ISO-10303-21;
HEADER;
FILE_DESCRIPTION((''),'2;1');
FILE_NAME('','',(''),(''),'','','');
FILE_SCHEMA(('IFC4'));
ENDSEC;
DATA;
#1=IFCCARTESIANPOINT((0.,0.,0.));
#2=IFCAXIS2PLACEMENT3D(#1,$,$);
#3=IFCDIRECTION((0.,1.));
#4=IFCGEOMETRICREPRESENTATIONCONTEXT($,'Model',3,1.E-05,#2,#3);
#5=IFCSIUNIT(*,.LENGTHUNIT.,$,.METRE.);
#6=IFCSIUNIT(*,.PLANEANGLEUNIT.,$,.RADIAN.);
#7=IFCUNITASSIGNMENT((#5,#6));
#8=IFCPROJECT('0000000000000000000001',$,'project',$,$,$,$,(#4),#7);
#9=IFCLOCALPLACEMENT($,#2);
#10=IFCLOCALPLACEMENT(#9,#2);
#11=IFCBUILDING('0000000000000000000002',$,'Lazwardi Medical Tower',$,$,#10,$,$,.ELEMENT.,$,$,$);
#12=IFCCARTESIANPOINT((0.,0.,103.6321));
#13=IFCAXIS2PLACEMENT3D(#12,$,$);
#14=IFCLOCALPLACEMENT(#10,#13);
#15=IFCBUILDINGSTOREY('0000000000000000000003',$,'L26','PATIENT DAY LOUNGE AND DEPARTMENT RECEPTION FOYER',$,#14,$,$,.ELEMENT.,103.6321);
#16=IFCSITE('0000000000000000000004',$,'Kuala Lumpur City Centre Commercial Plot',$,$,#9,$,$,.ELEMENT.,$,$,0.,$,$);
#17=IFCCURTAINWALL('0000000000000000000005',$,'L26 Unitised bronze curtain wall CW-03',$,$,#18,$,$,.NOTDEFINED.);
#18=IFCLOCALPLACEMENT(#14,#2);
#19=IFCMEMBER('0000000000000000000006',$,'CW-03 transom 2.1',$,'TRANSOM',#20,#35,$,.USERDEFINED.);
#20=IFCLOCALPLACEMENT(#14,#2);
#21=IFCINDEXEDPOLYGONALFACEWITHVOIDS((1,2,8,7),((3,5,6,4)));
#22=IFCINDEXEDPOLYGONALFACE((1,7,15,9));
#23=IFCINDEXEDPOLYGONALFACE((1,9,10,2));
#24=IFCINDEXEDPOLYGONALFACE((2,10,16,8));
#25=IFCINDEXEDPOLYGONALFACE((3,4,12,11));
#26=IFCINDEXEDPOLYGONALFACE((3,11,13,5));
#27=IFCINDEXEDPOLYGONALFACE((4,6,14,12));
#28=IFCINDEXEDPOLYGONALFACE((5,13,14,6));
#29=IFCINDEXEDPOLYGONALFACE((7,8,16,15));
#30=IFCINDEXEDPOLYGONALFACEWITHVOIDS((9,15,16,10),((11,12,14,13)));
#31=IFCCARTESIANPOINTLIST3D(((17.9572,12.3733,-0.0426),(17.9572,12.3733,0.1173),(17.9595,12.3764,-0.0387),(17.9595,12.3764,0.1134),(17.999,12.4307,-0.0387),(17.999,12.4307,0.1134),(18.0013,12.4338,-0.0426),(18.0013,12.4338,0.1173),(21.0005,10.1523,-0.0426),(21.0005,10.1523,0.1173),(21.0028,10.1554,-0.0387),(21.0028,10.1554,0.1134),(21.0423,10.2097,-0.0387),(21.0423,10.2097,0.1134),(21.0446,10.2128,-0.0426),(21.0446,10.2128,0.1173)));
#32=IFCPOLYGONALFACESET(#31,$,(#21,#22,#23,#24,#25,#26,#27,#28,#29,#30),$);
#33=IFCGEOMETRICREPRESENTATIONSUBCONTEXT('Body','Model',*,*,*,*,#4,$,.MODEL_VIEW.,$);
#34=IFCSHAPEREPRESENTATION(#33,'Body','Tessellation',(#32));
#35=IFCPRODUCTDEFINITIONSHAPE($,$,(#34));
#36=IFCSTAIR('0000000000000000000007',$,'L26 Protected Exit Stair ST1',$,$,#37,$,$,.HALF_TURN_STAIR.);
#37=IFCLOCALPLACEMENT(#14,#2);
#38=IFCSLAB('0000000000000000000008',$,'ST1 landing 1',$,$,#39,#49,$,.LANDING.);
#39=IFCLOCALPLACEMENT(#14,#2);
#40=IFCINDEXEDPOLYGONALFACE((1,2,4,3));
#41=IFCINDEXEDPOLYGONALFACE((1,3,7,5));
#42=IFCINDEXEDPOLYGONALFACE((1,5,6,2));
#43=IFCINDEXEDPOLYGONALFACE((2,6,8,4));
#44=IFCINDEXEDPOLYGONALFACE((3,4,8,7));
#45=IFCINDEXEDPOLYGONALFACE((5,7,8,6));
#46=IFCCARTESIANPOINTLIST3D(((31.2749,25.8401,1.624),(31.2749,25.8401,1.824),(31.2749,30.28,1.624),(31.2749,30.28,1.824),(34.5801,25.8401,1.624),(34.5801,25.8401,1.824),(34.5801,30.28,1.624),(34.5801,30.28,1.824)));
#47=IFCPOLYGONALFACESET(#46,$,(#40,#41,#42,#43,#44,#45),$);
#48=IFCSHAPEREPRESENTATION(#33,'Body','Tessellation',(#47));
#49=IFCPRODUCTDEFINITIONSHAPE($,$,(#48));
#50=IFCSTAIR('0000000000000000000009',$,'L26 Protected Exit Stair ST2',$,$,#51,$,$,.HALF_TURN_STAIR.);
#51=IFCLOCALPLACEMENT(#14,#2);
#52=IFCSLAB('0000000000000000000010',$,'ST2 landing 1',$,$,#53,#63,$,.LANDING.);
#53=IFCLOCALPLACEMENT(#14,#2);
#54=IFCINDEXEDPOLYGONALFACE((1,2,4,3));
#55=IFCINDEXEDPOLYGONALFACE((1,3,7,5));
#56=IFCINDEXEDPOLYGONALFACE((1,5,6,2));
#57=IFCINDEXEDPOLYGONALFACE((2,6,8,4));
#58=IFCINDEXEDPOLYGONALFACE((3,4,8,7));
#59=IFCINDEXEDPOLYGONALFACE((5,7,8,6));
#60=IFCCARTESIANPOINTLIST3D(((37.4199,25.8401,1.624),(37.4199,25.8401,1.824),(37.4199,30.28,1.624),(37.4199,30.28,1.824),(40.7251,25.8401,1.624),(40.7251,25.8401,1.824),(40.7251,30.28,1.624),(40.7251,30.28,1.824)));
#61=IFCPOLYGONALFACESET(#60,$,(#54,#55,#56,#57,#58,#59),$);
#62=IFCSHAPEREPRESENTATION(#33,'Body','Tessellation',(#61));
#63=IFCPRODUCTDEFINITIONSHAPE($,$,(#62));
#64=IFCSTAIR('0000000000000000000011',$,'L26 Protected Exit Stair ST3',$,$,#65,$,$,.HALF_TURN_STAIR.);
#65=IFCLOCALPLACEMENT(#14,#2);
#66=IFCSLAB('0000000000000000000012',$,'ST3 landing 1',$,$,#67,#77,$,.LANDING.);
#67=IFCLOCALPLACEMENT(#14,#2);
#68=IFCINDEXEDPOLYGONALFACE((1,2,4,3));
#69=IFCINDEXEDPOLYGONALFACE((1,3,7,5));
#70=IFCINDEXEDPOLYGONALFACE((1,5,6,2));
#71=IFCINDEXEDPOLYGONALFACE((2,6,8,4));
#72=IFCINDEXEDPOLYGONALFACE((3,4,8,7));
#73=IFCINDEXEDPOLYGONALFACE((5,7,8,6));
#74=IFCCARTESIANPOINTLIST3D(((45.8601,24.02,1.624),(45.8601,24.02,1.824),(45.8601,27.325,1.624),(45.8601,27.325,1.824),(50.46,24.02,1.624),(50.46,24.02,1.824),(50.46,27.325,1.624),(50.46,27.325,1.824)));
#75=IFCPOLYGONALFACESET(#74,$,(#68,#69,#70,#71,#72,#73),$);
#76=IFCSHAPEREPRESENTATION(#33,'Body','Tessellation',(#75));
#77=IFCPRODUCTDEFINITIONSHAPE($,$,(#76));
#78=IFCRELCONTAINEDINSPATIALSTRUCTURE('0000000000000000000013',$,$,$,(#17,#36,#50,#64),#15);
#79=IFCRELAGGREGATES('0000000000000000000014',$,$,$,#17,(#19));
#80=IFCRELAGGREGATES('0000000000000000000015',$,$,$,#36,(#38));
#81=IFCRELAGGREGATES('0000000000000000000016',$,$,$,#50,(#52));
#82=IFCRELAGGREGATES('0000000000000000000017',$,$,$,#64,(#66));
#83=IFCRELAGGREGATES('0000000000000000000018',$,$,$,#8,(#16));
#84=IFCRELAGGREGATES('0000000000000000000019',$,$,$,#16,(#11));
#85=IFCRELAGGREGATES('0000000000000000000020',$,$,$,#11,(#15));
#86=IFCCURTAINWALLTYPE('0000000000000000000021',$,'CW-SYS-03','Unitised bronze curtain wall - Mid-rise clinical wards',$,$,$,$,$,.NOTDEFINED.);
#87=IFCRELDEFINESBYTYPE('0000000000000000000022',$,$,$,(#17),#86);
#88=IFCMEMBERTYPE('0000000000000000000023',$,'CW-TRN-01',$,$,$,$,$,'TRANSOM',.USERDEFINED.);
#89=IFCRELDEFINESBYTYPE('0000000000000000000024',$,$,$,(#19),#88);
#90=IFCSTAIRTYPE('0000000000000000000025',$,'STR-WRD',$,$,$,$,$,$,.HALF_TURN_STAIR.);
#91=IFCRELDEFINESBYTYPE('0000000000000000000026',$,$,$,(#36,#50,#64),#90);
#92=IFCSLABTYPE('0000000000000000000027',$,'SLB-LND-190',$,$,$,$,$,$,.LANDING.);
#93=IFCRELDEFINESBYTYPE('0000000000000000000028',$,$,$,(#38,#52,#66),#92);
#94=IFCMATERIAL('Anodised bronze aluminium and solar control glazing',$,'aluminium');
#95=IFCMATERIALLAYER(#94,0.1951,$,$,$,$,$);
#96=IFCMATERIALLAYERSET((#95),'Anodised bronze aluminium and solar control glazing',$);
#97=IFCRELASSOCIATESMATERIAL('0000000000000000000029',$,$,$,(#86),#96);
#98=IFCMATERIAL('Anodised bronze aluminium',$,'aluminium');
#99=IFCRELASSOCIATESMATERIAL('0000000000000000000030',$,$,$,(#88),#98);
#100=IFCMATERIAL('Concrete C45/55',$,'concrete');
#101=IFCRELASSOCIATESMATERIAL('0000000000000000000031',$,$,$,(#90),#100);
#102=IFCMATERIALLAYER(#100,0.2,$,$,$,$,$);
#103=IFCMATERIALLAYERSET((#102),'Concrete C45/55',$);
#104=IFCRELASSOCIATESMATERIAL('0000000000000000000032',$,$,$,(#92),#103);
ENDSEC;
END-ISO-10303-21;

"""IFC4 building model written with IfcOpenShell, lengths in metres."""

from ifc_helpers import new_model, si_unit, direction, frame, origin, origin_2d, place, context, subcontext, project, spatial, polyline, hollow_rectangle, outline, extrude, material, layer, layer_set, material_profile, profile_set, type_object, element, aggregate, save


model = new_model("IFC4")

# Units and contexts
model_context = context("Model", 3, precision=1e-05, world=origin(), true_north=direction((0.0, 1.0)))
body_context = subcontext(model_context, "Body", "Model", "MODEL_VIEW")
ifc_project = project(units=[si_unit("LENGTHUNIT", "METRE"), si_unit("PLANEANGLEUNIT", "RADIAN")], contexts=[model_context])

# Site, building, storey
site_placement = place(None, origin())
site = spatial("IfcSite", under=ifc_project, at=site_placement, Name="Kuala Lumpur City Centre Commercial Plot", CompositionType="ELEMENT", RefElevation=0.0)
building_placement = place(site_placement, origin())
building = spatial("IfcBuilding", under=site, at=building_placement, Name="Lazwardi Medical Tower", CompositionType="ELEMENT")
storey_placement = place(building_placement, frame((0.0, 0.0, 103.6321)))
storey = spatial("IfcBuildingStorey", under=building, at=storey_placement, Name="L26", Description="PATIENT DAY LOUNGE AND DEPARTMENT RECEPTION FOYER", CompositionType="ELEMENT", Elevation=103.6321)

# Curtain wall, member
ifc_material_1 = material(Name="Anodised bronze aluminium and solar control glazing", Category="aluminium")
ifc_layer_1 = layer(ifc_material_1, 0.1951)
ifc_layer_set_1 = layer_set([ifc_layer_1], Name="Anodised bronze aluminium and solar control glazing")
curtain_wall_type = type_object("IfcCurtainWallType", Name="CW-SYS-03", Description="Unitised bronze curtain wall - Mid-rise clinical wards", PredefinedType="NOTDEFINED", material=ifc_layer_set_1)
curtain_wall_placement = place(storey_placement, origin())
curtain_wall = element("IfcCurtainWall", 1, at=curtain_wall_placement, inside=storey, type_object=curtain_wall_type, Name="L26 Unitised bronze curtain wall CW-03", PredefinedType="NOTDEFINED")
ifc_material_2 = material(Name="Anodised bronze aluminium", Category="aluminium")
ifc_material_profile = material_profile(ifc_material_2, hollow_rectangle(XDim=0.075, YDim=0.1599, WallThickness=0.0039, at=origin_2d()), Name="ALU-TRANSOM 160x75x4")
ifc_profile_set = profile_set([ifc_material_profile], Name="Anodised bronze aluminium")
member_type = type_object("IfcMemberType", Name="CW-TRN-01", ElementType="TRANSOM", PredefinedType="USERDEFINED", material=ifc_profile_set)
member_placement = place(storey_placement, frame((17.9792, 12.4036, 0.0374), z_axis=(0.807763, -0.589508, 0.0), x_axis=(0.589508, 0.807763, 0.0)))
member = element("IfcMember", 2, at=member_placement, type_object=member_type, Name="CW-03 transom 2.1", ObjectType="TRANSOM", PredefinedType="USERDEFINED", context=body_context, shape_type="SweptSolid", body=[
    extrude(hollow_rectangle(XDim=0.075, YDim=0.1599, WallThickness=0.0039, at=origin_2d()), origin(), (0.0, 0.0, 1.0), 3.7676),
])
aggregate(curtain_wall, [member])

# Stairs, slabs
ifc_material_3 = material(Name="Concrete C45/55", Category="concrete")
stair_type = type_object("IfcStairType", Name="STR-WRD", PredefinedType="HALF_TURN_STAIR", material=ifc_material_3)
stair_1_placement = place(storey_placement, origin())
stair_1 = element("IfcStair", 3, at=stair_1_placement, inside=storey, type_object=stair_type, Name="L26 Protected Exit Stair ST1", PredefinedType="HALF_TURN_STAIR")
ifc_layer_2 = layer(ifc_material_3, 0.2)
ifc_layer_set_2 = layer_set([ifc_layer_2], Name="Concrete C45/55")
slab_type_1 = type_object("IfcSlabType", Name="SLB-LND-190", PredefinedType="LANDING", material=ifc_layer_set_2)
slab_1_placement = place(storey_placement, frame((0.0, 0.0, 1.624)))
slab_1 = element("IfcSlab", 4, at=slab_1_placement, type_object=slab_type_1, Name="ST1 landing 1", PredefinedType="LANDING", context=body_context, shape_type="SweptSolid", body=[
    extrude(outline(polyline([(31.2749, 25.8401), (34.5801, 25.8401), (34.5801, 30.28), (31.2749, 30.28), (31.2749, 25.8401)])), origin(), (0.0, 0.0, 1.0), 0.2),
])
aggregate(stair_1, [slab_1])
stair_2_placement = place(storey_placement, origin())
stair_2 = element("IfcStair", 5, at=stair_2_placement, inside=storey, type_object=stair_type, Name="L26 Protected Exit Stair ST2", PredefinedType="HALF_TURN_STAIR")
slab_2_placement = place(storey_placement, frame((0.0, 0.0, 1.624)))
slab_2 = element("IfcSlab", 6, at=slab_2_placement, type_object=slab_type_1, Name="ST2 landing 1", PredefinedType="LANDING", context=body_context, shape_type="SweptSolid", body=[
    extrude(outline(polyline([(40.7251, 30.28), (37.4199, 30.28), (37.4199, 25.8401), (40.7251, 25.8401), (40.7251, 30.28)])), origin(), (0.0, 0.0, 1.0), 0.2),
])
aggregate(stair_2, [slab_2])
stair_3_placement = place(storey_placement, origin())
stair_3 = element("IfcStair", 7, at=stair_3_placement, inside=storey, type_object=stair_type, Name="L26 Protected Exit Stair ST3", PredefinedType="HALF_TURN_STAIR")
slab_3_placement = place(storey_placement, frame((0.0, 0.0, 1.624)))
slab_3 = element("IfcSlab", 8, at=slab_3_placement, type_object=slab_type_1, Name="ST3 landing 1", PredefinedType="LANDING", context=body_context, shape_type="SweptSolid", body=[
    extrude(outline(polyline([(45.8601, 27.325), (45.8601, 24.02), (50.46, 24.02), (50.46, 27.325), (45.8601, 27.325)])), origin(), (0.0, 0.0, 1.0), 0.2),
])
aggregate(stair_3, [slab_3])

save(model, "model.ifc")
